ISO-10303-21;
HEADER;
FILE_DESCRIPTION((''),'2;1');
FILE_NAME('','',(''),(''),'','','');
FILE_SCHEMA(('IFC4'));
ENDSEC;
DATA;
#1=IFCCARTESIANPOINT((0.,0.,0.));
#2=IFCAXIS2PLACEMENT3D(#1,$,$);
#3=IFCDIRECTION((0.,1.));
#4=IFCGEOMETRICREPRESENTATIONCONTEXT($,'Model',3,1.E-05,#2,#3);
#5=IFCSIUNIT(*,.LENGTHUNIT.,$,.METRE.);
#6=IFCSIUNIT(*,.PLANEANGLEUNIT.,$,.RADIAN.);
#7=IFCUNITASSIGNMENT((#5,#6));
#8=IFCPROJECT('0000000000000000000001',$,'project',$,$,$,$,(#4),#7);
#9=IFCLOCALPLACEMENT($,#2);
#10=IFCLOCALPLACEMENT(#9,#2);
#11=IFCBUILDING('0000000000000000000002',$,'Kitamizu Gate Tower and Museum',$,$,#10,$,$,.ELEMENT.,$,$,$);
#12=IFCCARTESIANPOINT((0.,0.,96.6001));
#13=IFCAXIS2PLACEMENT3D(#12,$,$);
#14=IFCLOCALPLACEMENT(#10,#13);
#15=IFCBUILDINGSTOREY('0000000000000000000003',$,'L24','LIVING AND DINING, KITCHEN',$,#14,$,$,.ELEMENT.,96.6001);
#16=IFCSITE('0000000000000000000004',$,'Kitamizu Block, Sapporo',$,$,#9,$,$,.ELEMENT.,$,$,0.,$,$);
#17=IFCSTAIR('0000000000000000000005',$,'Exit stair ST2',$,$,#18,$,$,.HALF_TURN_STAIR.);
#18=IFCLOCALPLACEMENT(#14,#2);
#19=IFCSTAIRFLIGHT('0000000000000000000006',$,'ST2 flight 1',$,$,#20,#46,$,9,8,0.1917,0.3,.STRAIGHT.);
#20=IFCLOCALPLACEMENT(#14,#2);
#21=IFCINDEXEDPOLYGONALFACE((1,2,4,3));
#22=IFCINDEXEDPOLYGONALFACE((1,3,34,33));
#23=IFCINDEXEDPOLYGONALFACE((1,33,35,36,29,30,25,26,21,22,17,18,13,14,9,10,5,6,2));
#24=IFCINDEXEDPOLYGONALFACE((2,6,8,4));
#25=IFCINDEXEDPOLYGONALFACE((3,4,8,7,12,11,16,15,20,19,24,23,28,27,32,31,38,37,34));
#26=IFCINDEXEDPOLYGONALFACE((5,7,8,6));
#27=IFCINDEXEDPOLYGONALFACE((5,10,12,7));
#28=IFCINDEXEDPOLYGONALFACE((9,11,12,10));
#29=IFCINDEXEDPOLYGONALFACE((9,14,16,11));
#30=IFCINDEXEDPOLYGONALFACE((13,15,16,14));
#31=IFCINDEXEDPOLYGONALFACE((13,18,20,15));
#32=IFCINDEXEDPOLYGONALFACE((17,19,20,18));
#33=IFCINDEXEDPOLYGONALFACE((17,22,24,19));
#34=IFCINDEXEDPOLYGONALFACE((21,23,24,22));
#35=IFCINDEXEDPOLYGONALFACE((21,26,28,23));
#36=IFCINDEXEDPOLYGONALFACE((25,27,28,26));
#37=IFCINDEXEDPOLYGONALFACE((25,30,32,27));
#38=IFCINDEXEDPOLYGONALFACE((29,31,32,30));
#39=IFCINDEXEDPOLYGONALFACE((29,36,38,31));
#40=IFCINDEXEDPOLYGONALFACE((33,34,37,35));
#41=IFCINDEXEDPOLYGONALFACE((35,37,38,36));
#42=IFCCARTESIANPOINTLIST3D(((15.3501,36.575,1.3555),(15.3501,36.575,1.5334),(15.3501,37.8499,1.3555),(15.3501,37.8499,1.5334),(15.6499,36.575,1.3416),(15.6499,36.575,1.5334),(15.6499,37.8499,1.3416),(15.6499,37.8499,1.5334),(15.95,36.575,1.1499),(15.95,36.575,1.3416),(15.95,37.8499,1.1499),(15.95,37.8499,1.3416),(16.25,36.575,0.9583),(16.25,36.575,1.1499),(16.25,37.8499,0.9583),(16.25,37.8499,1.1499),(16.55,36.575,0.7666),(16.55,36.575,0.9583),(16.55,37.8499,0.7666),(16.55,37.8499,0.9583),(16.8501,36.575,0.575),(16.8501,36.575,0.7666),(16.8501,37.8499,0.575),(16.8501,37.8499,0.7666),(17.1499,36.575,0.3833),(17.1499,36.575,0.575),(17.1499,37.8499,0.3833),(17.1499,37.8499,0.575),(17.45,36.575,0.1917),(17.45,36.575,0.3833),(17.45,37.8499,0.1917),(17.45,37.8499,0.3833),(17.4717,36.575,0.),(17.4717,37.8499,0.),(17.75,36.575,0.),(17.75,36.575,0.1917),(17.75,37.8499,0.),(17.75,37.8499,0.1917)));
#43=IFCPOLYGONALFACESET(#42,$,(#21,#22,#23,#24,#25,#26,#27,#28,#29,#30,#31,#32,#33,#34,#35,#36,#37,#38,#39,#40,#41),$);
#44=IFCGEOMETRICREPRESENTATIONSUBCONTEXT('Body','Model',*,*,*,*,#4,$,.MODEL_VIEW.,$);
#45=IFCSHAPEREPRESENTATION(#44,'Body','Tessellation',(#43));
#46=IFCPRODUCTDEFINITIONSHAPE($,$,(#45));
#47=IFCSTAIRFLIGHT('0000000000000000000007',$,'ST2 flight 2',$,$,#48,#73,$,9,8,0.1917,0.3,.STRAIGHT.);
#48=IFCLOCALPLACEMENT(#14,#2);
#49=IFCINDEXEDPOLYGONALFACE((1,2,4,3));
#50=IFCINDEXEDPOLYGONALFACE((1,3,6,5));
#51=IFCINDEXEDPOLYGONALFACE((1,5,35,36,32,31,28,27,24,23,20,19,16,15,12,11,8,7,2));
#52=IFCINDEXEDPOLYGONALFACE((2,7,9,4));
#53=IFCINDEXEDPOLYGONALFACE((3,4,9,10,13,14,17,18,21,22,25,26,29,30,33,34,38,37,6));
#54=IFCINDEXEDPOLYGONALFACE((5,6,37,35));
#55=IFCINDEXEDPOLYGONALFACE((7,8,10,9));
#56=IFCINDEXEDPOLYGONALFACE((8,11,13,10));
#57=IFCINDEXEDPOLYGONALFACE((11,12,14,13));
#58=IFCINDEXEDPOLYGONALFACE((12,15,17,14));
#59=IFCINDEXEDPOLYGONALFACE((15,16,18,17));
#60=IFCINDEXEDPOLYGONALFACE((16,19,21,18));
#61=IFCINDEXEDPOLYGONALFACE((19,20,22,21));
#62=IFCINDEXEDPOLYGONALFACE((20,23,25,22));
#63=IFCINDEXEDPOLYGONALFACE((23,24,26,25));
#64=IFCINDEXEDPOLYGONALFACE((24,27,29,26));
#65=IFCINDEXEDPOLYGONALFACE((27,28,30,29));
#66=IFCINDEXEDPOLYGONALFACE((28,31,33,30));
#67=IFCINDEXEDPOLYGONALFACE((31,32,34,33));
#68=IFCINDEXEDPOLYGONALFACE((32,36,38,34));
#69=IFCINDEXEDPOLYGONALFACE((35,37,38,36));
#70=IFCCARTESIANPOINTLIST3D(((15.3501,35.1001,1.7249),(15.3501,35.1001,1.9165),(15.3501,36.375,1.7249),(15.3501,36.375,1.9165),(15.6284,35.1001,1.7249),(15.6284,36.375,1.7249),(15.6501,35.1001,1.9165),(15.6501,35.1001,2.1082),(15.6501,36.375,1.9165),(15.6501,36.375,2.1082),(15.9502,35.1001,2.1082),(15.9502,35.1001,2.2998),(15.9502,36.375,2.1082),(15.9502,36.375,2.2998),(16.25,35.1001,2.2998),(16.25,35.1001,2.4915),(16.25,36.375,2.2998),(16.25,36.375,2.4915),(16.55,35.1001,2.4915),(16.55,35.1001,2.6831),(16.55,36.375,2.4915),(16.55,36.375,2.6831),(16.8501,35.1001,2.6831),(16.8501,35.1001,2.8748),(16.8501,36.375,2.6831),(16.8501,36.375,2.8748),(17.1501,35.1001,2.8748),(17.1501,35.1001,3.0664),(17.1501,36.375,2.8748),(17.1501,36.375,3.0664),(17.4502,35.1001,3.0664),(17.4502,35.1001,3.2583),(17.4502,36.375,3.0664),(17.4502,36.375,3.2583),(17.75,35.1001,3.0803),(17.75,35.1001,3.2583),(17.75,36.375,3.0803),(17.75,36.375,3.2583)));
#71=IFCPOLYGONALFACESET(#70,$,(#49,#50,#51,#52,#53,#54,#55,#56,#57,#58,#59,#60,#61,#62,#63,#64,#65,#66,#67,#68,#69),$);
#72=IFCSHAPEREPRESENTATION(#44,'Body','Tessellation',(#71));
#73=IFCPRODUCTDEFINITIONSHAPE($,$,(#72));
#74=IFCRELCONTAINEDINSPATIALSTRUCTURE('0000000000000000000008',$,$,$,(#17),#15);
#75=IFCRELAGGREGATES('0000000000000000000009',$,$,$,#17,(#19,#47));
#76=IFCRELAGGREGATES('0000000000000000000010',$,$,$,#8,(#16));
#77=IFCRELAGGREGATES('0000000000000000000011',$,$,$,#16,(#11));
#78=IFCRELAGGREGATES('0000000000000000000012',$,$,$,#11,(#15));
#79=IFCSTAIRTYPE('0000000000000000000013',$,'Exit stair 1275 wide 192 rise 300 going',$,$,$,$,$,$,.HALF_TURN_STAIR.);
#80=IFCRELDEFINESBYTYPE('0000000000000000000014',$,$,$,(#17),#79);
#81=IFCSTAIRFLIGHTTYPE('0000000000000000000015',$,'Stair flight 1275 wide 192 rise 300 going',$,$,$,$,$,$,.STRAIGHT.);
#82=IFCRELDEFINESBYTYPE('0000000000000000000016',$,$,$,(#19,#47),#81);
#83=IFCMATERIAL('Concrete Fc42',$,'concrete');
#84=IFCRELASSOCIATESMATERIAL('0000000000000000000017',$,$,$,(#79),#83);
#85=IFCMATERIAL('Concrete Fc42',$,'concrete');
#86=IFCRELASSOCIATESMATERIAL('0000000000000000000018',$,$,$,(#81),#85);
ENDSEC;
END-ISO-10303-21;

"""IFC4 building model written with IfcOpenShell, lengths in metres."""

from ifc_helpers import new_model, si_unit, direction, frame, origin, place, context, subcontext, project, spatial, polyline, outline, extrude, material, type_object, element, aggregate, save


model = new_model("IFC4")

# Units and contexts
model_context = context("Model", 3, precision=1e-05, world=origin(), true_north=direction((0.0, 1.0)))
body_context = subcontext(model_context, "Body", "Model", "MODEL_VIEW")
ifc_project = project(units=[si_unit("LENGTHUNIT", "METRE"), si_unit("PLANEANGLEUNIT", "RADIAN")], contexts=[model_context])

# Site, building, storey
site_placement = place(None, origin())
site = spatial("IfcSite", under=ifc_project, at=site_placement, Name="Kitamizu Block, Sapporo", CompositionType="ELEMENT", RefElevation=0.0)
building_placement = place(site_placement, origin())
building = spatial("IfcBuilding", under=site, at=building_placement, Name="Kitamizu Gate Tower and Museum", CompositionType="ELEMENT")
storey_placement = place(building_placement, frame((0.0, 0.0, 96.6001)))
storey = spatial("IfcBuildingStorey", under=building, at=storey_placement, Name="L24", Description="LIVING AND DINING, KITCHEN", CompositionType="ELEMENT", Elevation=96.6001)

# Stair, stair flights
ifc_material_1 = material(Name="Concrete Fc42", Category="concrete")
stair_type = type_object("IfcStairType", Name="Exit stair 1275 wide 192 rise 300 going", PredefinedType="HALF_TURN_STAIR", material=ifc_material_1)
stair_placement = place(storey_placement, origin())
stair = element("IfcStair", 1, at=stair_placement, inside=storey, type_object=stair_type, Name="Exit stair ST2", PredefinedType="HALF_TURN_STAIR")
ifc_material_2 = material(Name="Concrete Fc42", Category="concrete")
stair_flight_type = type_object("IfcStairFlightType", Name="Stair flight 1275 wide 192 rise 300 going", PredefinedType="STRAIGHT", material=ifc_material_2)
stair_flight_1_placement = place(storey_placement, frame((17.75, 37.2124, 0.0), z_axis=(0.0, 0.0, 1.0), x_axis=(-1.0, 0.0, 0.0)))
stair_flight_1 = element("IfcStairFlight", 2, at=stair_flight_1_placement, type_object=stair_flight_type, Name="ST2 flight 1", NumberOfRisers=9, NumberOfTreads=8, PredefinedType="STRAIGHT", RiserHeight=0.1917, TreadLength=0.3, context=body_context, shape_type="SweptSolid", body=[
    extrude(outline(polyline([(0.0, 0.0), (0.0, 0.1917), (0.3, 0.1917), (0.3, 0.3833), (0.6001, 0.3833), (0.6001, 0.575), (0.8999, 0.575), (0.8999, 0.7666), (1.2, 0.7666), (1.2, 0.9583), (1.5, 0.9583), (1.5, 1.1499), (1.8, 1.1499), (1.8, 1.3416), (2.1001, 1.3416), (2.1001, 1.5334), (2.3999, 1.5334), (2.3999, 1.7251), (2.3999, 1.3555), (0.2783, 0.0), (0.0, 0.0)])), frame((0.0, 0.6375, 0.0), z_axis=(0.0, -1.0, 0.0), x_axis=(1.0, 0.0, 0.0)), (0.0, 0.0, 1.0), 1.2749),
])
stair_flight_2_placement = place(storey_placement, frame((15.3501, 35.7375, 1.7249), z_axis=(0.0, 0.0, 1.0), x_axis=(1.0, 0.0, 0.0)))
stair_flight_2 = element("IfcStairFlight", 3, at=stair_flight_2_placement, type_object=stair_flight_type, Name="ST2 flight 2", NumberOfRisers=9, NumberOfTreads=8, PredefinedType="STRAIGHT", RiserHeight=0.1917, TreadLength=0.3, context=body_context, shape_type="SweptSolid", body=[
    extrude(outline(polyline([(0.0, 0.0), (0.0, 0.1917), (0.3, 0.1917), (0.3, 0.3833), (0.6001, 0.3833), (0.6001, 0.575), (0.8999, 0.575), (0.8999, 0.7666), (1.2, 0.7666), (1.2, 0.9583), (1.5, 0.9583), (1.5, 1.1499), (1.8, 1.1499), (1.8, 1.3416), (2.1001, 1.3416), (2.1001, 1.5334), (2.3999, 1.5334), (2.3999, 1.7251), (2.3999, 1.3555), (0.2783, 0.0), (0.0, 0.0)])), frame((0.0, 0.6375, 0.0), z_axis=(0.0, -1.0, 0.0), x_axis=(1.0, 0.0, 0.0)), (0.0, 0.0, 1.0), 1.2749),
])
aggregate(stair, [stair_flight_1, stair_flight_2])

save(model, "model.ifc")
